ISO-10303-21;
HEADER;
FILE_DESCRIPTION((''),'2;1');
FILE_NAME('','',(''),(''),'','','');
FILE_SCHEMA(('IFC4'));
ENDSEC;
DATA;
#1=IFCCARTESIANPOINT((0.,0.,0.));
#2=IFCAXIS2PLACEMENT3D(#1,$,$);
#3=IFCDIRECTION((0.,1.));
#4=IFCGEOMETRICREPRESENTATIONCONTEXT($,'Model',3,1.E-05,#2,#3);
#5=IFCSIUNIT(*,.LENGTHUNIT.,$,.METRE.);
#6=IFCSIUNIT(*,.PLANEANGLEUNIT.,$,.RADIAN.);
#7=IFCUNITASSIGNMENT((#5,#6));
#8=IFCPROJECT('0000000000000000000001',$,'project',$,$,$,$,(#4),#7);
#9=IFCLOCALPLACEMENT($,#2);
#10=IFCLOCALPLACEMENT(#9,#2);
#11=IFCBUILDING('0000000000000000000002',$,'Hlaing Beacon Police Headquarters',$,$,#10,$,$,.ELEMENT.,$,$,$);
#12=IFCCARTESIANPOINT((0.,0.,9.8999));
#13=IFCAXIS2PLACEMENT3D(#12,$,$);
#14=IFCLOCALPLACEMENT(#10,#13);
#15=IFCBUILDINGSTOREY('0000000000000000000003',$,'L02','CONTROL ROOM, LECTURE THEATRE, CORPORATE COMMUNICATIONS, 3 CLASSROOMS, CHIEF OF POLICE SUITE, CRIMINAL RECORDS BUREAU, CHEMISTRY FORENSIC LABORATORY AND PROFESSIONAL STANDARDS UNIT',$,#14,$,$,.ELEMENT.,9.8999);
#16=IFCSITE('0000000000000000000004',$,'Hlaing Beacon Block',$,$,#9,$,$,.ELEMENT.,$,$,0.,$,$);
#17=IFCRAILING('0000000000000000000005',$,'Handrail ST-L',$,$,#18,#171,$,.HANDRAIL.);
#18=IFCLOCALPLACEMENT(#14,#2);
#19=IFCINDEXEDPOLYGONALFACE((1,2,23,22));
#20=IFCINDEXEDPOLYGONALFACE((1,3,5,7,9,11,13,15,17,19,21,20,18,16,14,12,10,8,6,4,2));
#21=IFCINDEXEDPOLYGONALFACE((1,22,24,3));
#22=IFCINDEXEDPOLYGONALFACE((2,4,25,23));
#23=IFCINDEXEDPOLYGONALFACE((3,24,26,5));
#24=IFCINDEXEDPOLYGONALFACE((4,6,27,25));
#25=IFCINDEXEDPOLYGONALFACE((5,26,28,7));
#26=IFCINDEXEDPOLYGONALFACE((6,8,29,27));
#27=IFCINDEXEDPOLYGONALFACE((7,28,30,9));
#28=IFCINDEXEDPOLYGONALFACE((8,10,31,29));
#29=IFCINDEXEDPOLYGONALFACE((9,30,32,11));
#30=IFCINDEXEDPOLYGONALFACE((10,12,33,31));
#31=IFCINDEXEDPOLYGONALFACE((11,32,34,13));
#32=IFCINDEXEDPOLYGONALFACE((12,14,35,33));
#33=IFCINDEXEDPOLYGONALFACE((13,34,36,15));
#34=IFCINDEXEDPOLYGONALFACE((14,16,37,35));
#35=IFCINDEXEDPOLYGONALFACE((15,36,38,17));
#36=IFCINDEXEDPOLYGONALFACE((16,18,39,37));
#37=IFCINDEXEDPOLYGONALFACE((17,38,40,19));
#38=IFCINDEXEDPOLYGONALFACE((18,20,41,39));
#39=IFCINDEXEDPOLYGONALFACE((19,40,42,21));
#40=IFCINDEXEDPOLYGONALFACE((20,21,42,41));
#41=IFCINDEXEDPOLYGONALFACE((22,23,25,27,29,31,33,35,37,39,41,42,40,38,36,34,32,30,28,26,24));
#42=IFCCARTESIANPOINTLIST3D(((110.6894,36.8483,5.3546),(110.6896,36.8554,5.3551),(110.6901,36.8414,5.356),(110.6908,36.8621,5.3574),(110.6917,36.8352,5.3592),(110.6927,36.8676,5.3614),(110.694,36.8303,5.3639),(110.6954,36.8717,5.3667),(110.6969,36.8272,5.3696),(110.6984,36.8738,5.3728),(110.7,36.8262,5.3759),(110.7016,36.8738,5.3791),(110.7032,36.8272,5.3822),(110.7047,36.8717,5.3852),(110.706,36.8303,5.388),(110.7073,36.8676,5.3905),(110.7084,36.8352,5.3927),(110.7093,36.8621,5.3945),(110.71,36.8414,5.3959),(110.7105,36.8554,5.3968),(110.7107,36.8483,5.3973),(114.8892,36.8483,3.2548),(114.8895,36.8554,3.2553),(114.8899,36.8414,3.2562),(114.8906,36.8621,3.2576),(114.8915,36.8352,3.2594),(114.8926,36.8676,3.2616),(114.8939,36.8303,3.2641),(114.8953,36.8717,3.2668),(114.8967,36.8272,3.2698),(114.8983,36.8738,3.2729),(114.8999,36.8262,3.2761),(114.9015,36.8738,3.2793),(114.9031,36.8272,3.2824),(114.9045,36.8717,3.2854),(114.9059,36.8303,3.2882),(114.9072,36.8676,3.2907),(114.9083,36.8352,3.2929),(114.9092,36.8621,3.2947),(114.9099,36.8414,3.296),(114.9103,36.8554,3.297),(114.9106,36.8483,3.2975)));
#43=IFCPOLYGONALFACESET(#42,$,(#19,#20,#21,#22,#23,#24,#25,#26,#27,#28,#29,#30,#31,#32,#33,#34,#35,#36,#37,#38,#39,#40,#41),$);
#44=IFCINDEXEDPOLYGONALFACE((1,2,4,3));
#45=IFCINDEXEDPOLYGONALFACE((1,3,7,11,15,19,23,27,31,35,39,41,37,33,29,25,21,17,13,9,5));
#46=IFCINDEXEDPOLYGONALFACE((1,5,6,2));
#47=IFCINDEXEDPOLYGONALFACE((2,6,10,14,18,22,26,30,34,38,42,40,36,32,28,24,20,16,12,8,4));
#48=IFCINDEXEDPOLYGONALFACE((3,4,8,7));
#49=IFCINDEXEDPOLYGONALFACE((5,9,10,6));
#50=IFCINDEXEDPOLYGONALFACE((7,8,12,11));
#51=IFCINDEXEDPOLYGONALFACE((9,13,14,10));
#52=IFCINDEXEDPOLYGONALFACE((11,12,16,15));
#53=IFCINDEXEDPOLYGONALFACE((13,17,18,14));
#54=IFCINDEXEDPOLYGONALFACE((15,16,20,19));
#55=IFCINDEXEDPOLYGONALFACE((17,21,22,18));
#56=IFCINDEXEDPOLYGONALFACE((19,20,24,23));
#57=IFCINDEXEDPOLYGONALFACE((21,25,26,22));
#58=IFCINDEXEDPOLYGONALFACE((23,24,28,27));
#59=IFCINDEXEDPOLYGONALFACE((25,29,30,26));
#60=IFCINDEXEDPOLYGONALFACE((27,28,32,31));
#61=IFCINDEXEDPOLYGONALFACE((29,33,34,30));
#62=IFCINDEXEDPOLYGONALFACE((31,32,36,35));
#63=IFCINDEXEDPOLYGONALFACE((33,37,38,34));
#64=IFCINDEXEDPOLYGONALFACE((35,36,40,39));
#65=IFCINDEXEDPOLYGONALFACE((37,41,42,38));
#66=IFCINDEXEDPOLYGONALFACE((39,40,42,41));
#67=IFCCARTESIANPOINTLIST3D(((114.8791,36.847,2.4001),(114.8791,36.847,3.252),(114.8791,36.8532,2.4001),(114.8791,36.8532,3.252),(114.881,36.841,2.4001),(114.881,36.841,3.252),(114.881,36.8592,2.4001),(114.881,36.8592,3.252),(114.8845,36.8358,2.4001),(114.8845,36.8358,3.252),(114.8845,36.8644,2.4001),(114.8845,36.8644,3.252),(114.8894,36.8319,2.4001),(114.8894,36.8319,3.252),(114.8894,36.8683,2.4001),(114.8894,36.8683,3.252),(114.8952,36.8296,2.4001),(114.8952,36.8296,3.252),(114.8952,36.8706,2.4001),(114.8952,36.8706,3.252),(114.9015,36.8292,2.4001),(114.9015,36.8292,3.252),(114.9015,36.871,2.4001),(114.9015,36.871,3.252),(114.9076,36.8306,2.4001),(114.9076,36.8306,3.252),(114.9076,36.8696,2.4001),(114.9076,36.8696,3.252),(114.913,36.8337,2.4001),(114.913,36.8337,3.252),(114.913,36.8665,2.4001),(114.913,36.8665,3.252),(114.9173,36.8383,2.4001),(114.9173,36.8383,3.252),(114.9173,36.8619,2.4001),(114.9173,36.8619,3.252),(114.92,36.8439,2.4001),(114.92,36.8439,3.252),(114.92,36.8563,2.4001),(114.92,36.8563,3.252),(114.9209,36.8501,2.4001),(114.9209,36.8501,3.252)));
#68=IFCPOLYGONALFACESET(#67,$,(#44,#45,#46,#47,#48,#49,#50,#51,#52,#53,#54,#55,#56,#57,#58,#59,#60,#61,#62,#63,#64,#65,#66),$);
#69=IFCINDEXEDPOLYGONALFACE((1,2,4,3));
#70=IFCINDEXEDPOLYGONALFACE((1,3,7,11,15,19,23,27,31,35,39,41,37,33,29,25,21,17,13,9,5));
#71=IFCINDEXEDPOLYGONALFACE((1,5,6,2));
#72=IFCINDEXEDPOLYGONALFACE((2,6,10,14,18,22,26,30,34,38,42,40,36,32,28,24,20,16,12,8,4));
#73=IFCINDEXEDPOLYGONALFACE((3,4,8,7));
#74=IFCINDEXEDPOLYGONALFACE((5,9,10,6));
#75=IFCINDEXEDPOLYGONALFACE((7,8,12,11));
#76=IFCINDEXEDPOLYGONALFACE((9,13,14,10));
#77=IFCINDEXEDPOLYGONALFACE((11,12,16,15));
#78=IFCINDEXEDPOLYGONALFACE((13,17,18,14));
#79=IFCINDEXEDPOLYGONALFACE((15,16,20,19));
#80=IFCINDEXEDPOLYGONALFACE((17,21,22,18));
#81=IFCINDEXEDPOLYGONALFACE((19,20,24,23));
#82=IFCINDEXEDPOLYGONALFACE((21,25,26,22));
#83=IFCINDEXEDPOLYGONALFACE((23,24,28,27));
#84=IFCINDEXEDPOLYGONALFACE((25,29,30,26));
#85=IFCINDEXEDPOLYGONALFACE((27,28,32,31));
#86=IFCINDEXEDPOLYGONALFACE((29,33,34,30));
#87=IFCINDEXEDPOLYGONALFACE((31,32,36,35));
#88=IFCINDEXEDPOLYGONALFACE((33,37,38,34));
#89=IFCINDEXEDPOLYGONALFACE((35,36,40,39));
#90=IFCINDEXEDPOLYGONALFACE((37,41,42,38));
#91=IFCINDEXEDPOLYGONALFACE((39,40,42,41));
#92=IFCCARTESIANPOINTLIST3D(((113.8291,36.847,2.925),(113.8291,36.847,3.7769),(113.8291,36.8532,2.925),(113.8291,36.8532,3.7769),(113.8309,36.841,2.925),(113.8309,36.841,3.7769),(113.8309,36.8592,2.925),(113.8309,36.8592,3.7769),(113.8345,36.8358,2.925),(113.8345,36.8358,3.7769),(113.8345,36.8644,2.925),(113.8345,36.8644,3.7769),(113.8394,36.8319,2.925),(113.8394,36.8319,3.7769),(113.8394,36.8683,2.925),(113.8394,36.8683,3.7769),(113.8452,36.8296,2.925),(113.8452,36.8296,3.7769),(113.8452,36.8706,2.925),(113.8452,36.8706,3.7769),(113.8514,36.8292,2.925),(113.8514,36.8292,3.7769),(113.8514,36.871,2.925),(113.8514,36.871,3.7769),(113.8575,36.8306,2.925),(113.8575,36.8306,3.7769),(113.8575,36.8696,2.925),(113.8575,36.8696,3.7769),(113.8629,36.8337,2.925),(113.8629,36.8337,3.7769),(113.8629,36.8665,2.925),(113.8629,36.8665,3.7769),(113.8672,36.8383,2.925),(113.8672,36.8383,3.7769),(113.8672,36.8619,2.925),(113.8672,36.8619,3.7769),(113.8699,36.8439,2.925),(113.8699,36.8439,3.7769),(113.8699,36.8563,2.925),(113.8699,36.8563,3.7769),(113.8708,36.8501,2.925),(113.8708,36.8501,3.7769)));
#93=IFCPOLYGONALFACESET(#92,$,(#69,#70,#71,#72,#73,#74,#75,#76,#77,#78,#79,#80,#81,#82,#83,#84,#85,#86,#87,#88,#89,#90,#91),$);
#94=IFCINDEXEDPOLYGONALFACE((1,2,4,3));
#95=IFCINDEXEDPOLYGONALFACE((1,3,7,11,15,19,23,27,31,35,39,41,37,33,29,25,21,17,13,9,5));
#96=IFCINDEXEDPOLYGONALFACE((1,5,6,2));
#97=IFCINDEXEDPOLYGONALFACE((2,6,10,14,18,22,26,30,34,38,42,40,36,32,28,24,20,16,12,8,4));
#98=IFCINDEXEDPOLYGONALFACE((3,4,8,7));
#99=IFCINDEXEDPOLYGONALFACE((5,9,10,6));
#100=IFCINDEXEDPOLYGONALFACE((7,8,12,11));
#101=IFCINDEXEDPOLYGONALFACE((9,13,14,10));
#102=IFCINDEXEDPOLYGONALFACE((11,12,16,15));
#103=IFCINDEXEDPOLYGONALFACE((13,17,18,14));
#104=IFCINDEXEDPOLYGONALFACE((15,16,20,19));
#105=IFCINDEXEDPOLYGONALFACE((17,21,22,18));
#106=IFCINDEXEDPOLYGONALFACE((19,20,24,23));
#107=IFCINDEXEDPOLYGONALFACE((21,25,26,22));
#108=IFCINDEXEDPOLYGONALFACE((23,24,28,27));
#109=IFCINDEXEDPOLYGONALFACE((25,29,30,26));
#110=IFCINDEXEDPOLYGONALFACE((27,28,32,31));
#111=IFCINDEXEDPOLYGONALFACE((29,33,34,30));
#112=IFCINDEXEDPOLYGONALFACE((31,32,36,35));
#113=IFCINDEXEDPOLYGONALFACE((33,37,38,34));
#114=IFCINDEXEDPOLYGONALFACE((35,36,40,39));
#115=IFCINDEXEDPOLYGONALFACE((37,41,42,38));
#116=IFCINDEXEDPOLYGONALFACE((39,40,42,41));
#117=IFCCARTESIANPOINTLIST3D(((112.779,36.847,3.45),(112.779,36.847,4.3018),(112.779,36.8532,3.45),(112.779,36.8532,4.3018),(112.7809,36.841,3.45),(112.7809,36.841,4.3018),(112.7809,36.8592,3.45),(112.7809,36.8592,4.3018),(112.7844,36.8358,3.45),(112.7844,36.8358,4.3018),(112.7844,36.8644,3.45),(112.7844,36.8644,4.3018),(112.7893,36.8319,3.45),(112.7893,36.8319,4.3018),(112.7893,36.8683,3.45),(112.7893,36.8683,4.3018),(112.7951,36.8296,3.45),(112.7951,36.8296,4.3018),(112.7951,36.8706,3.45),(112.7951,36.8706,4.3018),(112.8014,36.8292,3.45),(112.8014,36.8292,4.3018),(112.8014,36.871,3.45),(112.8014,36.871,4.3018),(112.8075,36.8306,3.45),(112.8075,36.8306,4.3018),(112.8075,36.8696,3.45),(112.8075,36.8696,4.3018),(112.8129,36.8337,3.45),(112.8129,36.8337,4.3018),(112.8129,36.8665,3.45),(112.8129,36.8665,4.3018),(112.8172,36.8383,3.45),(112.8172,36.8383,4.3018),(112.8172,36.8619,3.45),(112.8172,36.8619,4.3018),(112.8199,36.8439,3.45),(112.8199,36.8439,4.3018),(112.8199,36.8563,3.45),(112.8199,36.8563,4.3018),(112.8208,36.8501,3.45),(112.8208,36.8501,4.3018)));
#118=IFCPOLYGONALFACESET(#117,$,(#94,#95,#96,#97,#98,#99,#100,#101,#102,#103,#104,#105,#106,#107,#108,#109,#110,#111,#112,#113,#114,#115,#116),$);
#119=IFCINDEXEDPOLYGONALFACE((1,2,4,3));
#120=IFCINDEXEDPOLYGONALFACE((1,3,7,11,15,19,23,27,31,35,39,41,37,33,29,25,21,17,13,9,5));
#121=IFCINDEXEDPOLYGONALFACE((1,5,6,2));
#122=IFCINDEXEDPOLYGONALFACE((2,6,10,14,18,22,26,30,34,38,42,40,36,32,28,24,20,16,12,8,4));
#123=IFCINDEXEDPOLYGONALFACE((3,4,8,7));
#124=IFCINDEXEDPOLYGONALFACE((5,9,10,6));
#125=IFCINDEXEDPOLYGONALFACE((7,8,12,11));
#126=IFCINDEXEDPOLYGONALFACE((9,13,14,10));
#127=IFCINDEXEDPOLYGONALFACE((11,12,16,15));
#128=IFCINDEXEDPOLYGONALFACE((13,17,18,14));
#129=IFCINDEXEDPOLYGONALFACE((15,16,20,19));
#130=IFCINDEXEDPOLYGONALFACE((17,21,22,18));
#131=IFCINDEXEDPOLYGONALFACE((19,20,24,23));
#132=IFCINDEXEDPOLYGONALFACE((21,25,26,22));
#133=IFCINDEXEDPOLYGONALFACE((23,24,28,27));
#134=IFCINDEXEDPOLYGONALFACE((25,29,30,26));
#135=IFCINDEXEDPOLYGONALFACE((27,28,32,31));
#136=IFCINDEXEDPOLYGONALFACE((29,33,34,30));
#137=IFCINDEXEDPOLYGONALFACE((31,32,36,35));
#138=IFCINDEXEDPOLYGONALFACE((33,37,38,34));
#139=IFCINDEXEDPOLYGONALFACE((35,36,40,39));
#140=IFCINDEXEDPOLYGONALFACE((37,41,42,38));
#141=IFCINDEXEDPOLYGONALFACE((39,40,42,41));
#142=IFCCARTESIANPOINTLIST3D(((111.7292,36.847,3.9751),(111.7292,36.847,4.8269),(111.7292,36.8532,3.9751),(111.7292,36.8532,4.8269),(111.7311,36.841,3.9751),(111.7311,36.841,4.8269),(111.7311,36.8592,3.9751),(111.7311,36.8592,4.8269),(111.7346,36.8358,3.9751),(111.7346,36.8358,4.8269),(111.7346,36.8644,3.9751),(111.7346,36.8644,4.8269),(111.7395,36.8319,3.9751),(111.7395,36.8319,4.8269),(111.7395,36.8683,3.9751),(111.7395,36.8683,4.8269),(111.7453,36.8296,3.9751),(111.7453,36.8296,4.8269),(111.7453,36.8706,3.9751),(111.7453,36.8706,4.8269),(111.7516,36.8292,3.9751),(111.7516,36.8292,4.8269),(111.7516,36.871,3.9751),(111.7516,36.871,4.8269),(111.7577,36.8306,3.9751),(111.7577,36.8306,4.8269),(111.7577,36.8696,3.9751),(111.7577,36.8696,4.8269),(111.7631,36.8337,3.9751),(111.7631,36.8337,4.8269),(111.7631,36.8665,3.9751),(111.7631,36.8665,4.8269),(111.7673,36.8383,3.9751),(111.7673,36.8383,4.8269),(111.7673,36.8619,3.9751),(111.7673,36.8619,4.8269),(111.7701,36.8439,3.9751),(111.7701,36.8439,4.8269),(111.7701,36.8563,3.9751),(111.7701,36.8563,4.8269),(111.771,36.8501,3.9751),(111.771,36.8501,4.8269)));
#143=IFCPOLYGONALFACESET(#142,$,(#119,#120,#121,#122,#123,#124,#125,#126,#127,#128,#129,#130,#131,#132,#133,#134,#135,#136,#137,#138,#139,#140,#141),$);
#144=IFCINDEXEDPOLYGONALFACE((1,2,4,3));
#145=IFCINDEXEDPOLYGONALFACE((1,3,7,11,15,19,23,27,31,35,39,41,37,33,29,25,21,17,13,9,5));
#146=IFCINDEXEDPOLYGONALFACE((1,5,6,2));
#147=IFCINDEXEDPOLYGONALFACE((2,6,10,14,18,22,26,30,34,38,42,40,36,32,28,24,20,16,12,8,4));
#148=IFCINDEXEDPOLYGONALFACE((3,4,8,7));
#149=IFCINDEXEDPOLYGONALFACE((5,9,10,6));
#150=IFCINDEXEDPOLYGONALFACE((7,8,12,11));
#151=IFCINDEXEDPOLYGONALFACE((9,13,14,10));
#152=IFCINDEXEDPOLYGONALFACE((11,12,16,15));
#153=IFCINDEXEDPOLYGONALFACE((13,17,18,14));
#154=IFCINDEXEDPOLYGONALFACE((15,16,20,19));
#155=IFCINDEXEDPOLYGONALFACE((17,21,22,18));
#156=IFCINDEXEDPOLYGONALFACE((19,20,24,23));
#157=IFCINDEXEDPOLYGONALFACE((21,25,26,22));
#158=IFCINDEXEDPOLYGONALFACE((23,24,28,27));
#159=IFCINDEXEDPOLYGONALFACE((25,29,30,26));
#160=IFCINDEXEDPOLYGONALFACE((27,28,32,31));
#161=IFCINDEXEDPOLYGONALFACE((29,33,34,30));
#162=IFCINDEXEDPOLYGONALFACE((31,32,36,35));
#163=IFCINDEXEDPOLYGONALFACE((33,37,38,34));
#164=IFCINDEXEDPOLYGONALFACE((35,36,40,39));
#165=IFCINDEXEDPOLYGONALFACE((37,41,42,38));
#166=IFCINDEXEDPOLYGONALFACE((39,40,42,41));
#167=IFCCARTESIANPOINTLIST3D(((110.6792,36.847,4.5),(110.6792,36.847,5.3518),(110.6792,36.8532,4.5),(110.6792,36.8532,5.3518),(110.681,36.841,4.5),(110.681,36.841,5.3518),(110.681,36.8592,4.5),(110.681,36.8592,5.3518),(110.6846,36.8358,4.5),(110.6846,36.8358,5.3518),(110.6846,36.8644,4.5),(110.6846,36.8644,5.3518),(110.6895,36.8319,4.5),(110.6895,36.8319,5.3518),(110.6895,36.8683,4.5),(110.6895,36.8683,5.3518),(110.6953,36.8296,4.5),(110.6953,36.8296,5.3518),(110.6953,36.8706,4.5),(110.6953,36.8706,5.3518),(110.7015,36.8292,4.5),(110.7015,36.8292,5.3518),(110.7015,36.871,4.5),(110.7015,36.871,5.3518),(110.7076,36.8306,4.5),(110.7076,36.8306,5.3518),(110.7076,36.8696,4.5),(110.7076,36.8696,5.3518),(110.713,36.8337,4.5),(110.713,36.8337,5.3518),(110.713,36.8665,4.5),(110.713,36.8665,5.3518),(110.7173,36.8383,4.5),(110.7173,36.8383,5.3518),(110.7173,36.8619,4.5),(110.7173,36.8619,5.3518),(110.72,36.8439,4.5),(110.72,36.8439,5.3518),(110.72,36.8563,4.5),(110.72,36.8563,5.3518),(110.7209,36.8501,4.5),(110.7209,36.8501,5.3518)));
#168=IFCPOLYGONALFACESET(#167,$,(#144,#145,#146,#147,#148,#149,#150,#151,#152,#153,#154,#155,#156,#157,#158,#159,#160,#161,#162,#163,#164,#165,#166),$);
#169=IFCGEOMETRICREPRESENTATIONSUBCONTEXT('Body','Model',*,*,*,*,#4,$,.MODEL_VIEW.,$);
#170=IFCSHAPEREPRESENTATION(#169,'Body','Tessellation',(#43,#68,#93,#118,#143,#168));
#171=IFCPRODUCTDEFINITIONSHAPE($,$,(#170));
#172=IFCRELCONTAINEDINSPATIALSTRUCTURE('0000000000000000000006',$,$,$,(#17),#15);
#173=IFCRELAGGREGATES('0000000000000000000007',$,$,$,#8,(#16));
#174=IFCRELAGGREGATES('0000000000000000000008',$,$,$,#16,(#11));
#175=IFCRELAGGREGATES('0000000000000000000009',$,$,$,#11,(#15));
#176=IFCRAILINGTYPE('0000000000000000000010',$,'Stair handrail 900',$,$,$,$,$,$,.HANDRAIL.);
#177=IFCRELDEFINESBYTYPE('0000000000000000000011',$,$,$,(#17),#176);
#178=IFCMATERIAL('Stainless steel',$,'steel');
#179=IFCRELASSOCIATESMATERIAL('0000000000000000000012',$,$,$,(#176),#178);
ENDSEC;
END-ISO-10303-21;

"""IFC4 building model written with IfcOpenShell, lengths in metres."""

from ifc_helpers import new_model, si_unit, direction, frame, origin, origin_2d, place, context, subcontext, project, spatial, circle, extrude, material, type_object, element, save


model = new_model("IFC4")

# Units and contexts
model_context = context("Model", 3, precision=1e-05, world=origin(), true_north=direction((0.0, 1.0)))
body_context = subcontext(model_context, "Body", "Model", "MODEL_VIEW")
ifc_project = project(units=[si_unit("LENGTHUNIT", "METRE"), si_unit("PLANEANGLEUNIT", "RADIAN")], contexts=[model_context])

# Site, building, storey
site_placement = place(None, origin())
site = spatial("IfcSite", under=ifc_project, at=site_placement, Name="Hlaing Beacon Block", CompositionType="ELEMENT", RefElevation=0.0)
building_placement = place(site_placement, origin())
building = spatial("IfcBuilding", under=site, at=building_placement, Name="Hlaing Beacon Police Headquarters", CompositionType="ELEMENT")
storey_placement = place(building_placement, frame((0.0, 0.0, 9.8999)))
storey = spatial("IfcBuildingStorey", under=building, at=storey_placement, Name="L02", Description="CONTROL ROOM, LECTURE THEATRE, CORPORATE COMMUNICATIONS, 3 CLASSROOMS, CHIEF OF POLICE SUITE, CRIMINAL RECORDS BUREAU, CHEMISTRY FORENSIC LABORATORY AND PROFESSIONAL STANDARDS UNIT", CompositionType="ELEMENT", Elevation=9.8999)

# Railing
ifc_material_1 = material(Name="Stainless steel", Category="steel")
railing_type = type_object("IfcRailingType", Name="Stair handrail 900", PredefinedType="HANDRAIL", material=ifc_material_1)
railing_placement = place(storey_placement, frame((114.8999, 36.8501, 2.4001)))
element("IfcRailing", 1, at=railing_placement, inside=storey, type_object=railing_type, Name="Handrail ST-L", PredefinedType="HANDRAIL", context=body_context, shape_type="SweptSolid", body=[
    extrude(circle(Radius=0.0239, at=origin_2d()), frame((0.0, 0.0, 0.876), z_axis=(-0.894438, 0.0, 0.447193), x_axis=(0.0, -1.0, 0.0)), (0.0, 0.0, 1.0), 4.6956),
    extrude(circle(Radius=0.021, at=origin_2d()), origin(), (0.0, 0.0, 1.0), 0.8518),
    extrude(circle(Radius=0.021, at=origin_2d()), frame((-1.05, 0.0, 0.5249)), (0.0, 0.0, 1.0), 0.8518),
    extrude(circle(Radius=0.021, at=origin_2d()), frame((-2.1001, 0.0, 1.0498)), (0.0, 0.0, 1.0), 0.8518),
    extrude(circle(Radius=0.021, at=origin_2d()), frame((-3.1499, 0.0, 1.575)), (0.0, 0.0, 1.0), 0.8518),
    extrude(circle(Radius=0.021, at=origin_2d()), frame((-4.2, 0.0, 2.0999)), (0.0, 0.0, 1.0), 0.8518),
])

save(model, "model.ifc")
